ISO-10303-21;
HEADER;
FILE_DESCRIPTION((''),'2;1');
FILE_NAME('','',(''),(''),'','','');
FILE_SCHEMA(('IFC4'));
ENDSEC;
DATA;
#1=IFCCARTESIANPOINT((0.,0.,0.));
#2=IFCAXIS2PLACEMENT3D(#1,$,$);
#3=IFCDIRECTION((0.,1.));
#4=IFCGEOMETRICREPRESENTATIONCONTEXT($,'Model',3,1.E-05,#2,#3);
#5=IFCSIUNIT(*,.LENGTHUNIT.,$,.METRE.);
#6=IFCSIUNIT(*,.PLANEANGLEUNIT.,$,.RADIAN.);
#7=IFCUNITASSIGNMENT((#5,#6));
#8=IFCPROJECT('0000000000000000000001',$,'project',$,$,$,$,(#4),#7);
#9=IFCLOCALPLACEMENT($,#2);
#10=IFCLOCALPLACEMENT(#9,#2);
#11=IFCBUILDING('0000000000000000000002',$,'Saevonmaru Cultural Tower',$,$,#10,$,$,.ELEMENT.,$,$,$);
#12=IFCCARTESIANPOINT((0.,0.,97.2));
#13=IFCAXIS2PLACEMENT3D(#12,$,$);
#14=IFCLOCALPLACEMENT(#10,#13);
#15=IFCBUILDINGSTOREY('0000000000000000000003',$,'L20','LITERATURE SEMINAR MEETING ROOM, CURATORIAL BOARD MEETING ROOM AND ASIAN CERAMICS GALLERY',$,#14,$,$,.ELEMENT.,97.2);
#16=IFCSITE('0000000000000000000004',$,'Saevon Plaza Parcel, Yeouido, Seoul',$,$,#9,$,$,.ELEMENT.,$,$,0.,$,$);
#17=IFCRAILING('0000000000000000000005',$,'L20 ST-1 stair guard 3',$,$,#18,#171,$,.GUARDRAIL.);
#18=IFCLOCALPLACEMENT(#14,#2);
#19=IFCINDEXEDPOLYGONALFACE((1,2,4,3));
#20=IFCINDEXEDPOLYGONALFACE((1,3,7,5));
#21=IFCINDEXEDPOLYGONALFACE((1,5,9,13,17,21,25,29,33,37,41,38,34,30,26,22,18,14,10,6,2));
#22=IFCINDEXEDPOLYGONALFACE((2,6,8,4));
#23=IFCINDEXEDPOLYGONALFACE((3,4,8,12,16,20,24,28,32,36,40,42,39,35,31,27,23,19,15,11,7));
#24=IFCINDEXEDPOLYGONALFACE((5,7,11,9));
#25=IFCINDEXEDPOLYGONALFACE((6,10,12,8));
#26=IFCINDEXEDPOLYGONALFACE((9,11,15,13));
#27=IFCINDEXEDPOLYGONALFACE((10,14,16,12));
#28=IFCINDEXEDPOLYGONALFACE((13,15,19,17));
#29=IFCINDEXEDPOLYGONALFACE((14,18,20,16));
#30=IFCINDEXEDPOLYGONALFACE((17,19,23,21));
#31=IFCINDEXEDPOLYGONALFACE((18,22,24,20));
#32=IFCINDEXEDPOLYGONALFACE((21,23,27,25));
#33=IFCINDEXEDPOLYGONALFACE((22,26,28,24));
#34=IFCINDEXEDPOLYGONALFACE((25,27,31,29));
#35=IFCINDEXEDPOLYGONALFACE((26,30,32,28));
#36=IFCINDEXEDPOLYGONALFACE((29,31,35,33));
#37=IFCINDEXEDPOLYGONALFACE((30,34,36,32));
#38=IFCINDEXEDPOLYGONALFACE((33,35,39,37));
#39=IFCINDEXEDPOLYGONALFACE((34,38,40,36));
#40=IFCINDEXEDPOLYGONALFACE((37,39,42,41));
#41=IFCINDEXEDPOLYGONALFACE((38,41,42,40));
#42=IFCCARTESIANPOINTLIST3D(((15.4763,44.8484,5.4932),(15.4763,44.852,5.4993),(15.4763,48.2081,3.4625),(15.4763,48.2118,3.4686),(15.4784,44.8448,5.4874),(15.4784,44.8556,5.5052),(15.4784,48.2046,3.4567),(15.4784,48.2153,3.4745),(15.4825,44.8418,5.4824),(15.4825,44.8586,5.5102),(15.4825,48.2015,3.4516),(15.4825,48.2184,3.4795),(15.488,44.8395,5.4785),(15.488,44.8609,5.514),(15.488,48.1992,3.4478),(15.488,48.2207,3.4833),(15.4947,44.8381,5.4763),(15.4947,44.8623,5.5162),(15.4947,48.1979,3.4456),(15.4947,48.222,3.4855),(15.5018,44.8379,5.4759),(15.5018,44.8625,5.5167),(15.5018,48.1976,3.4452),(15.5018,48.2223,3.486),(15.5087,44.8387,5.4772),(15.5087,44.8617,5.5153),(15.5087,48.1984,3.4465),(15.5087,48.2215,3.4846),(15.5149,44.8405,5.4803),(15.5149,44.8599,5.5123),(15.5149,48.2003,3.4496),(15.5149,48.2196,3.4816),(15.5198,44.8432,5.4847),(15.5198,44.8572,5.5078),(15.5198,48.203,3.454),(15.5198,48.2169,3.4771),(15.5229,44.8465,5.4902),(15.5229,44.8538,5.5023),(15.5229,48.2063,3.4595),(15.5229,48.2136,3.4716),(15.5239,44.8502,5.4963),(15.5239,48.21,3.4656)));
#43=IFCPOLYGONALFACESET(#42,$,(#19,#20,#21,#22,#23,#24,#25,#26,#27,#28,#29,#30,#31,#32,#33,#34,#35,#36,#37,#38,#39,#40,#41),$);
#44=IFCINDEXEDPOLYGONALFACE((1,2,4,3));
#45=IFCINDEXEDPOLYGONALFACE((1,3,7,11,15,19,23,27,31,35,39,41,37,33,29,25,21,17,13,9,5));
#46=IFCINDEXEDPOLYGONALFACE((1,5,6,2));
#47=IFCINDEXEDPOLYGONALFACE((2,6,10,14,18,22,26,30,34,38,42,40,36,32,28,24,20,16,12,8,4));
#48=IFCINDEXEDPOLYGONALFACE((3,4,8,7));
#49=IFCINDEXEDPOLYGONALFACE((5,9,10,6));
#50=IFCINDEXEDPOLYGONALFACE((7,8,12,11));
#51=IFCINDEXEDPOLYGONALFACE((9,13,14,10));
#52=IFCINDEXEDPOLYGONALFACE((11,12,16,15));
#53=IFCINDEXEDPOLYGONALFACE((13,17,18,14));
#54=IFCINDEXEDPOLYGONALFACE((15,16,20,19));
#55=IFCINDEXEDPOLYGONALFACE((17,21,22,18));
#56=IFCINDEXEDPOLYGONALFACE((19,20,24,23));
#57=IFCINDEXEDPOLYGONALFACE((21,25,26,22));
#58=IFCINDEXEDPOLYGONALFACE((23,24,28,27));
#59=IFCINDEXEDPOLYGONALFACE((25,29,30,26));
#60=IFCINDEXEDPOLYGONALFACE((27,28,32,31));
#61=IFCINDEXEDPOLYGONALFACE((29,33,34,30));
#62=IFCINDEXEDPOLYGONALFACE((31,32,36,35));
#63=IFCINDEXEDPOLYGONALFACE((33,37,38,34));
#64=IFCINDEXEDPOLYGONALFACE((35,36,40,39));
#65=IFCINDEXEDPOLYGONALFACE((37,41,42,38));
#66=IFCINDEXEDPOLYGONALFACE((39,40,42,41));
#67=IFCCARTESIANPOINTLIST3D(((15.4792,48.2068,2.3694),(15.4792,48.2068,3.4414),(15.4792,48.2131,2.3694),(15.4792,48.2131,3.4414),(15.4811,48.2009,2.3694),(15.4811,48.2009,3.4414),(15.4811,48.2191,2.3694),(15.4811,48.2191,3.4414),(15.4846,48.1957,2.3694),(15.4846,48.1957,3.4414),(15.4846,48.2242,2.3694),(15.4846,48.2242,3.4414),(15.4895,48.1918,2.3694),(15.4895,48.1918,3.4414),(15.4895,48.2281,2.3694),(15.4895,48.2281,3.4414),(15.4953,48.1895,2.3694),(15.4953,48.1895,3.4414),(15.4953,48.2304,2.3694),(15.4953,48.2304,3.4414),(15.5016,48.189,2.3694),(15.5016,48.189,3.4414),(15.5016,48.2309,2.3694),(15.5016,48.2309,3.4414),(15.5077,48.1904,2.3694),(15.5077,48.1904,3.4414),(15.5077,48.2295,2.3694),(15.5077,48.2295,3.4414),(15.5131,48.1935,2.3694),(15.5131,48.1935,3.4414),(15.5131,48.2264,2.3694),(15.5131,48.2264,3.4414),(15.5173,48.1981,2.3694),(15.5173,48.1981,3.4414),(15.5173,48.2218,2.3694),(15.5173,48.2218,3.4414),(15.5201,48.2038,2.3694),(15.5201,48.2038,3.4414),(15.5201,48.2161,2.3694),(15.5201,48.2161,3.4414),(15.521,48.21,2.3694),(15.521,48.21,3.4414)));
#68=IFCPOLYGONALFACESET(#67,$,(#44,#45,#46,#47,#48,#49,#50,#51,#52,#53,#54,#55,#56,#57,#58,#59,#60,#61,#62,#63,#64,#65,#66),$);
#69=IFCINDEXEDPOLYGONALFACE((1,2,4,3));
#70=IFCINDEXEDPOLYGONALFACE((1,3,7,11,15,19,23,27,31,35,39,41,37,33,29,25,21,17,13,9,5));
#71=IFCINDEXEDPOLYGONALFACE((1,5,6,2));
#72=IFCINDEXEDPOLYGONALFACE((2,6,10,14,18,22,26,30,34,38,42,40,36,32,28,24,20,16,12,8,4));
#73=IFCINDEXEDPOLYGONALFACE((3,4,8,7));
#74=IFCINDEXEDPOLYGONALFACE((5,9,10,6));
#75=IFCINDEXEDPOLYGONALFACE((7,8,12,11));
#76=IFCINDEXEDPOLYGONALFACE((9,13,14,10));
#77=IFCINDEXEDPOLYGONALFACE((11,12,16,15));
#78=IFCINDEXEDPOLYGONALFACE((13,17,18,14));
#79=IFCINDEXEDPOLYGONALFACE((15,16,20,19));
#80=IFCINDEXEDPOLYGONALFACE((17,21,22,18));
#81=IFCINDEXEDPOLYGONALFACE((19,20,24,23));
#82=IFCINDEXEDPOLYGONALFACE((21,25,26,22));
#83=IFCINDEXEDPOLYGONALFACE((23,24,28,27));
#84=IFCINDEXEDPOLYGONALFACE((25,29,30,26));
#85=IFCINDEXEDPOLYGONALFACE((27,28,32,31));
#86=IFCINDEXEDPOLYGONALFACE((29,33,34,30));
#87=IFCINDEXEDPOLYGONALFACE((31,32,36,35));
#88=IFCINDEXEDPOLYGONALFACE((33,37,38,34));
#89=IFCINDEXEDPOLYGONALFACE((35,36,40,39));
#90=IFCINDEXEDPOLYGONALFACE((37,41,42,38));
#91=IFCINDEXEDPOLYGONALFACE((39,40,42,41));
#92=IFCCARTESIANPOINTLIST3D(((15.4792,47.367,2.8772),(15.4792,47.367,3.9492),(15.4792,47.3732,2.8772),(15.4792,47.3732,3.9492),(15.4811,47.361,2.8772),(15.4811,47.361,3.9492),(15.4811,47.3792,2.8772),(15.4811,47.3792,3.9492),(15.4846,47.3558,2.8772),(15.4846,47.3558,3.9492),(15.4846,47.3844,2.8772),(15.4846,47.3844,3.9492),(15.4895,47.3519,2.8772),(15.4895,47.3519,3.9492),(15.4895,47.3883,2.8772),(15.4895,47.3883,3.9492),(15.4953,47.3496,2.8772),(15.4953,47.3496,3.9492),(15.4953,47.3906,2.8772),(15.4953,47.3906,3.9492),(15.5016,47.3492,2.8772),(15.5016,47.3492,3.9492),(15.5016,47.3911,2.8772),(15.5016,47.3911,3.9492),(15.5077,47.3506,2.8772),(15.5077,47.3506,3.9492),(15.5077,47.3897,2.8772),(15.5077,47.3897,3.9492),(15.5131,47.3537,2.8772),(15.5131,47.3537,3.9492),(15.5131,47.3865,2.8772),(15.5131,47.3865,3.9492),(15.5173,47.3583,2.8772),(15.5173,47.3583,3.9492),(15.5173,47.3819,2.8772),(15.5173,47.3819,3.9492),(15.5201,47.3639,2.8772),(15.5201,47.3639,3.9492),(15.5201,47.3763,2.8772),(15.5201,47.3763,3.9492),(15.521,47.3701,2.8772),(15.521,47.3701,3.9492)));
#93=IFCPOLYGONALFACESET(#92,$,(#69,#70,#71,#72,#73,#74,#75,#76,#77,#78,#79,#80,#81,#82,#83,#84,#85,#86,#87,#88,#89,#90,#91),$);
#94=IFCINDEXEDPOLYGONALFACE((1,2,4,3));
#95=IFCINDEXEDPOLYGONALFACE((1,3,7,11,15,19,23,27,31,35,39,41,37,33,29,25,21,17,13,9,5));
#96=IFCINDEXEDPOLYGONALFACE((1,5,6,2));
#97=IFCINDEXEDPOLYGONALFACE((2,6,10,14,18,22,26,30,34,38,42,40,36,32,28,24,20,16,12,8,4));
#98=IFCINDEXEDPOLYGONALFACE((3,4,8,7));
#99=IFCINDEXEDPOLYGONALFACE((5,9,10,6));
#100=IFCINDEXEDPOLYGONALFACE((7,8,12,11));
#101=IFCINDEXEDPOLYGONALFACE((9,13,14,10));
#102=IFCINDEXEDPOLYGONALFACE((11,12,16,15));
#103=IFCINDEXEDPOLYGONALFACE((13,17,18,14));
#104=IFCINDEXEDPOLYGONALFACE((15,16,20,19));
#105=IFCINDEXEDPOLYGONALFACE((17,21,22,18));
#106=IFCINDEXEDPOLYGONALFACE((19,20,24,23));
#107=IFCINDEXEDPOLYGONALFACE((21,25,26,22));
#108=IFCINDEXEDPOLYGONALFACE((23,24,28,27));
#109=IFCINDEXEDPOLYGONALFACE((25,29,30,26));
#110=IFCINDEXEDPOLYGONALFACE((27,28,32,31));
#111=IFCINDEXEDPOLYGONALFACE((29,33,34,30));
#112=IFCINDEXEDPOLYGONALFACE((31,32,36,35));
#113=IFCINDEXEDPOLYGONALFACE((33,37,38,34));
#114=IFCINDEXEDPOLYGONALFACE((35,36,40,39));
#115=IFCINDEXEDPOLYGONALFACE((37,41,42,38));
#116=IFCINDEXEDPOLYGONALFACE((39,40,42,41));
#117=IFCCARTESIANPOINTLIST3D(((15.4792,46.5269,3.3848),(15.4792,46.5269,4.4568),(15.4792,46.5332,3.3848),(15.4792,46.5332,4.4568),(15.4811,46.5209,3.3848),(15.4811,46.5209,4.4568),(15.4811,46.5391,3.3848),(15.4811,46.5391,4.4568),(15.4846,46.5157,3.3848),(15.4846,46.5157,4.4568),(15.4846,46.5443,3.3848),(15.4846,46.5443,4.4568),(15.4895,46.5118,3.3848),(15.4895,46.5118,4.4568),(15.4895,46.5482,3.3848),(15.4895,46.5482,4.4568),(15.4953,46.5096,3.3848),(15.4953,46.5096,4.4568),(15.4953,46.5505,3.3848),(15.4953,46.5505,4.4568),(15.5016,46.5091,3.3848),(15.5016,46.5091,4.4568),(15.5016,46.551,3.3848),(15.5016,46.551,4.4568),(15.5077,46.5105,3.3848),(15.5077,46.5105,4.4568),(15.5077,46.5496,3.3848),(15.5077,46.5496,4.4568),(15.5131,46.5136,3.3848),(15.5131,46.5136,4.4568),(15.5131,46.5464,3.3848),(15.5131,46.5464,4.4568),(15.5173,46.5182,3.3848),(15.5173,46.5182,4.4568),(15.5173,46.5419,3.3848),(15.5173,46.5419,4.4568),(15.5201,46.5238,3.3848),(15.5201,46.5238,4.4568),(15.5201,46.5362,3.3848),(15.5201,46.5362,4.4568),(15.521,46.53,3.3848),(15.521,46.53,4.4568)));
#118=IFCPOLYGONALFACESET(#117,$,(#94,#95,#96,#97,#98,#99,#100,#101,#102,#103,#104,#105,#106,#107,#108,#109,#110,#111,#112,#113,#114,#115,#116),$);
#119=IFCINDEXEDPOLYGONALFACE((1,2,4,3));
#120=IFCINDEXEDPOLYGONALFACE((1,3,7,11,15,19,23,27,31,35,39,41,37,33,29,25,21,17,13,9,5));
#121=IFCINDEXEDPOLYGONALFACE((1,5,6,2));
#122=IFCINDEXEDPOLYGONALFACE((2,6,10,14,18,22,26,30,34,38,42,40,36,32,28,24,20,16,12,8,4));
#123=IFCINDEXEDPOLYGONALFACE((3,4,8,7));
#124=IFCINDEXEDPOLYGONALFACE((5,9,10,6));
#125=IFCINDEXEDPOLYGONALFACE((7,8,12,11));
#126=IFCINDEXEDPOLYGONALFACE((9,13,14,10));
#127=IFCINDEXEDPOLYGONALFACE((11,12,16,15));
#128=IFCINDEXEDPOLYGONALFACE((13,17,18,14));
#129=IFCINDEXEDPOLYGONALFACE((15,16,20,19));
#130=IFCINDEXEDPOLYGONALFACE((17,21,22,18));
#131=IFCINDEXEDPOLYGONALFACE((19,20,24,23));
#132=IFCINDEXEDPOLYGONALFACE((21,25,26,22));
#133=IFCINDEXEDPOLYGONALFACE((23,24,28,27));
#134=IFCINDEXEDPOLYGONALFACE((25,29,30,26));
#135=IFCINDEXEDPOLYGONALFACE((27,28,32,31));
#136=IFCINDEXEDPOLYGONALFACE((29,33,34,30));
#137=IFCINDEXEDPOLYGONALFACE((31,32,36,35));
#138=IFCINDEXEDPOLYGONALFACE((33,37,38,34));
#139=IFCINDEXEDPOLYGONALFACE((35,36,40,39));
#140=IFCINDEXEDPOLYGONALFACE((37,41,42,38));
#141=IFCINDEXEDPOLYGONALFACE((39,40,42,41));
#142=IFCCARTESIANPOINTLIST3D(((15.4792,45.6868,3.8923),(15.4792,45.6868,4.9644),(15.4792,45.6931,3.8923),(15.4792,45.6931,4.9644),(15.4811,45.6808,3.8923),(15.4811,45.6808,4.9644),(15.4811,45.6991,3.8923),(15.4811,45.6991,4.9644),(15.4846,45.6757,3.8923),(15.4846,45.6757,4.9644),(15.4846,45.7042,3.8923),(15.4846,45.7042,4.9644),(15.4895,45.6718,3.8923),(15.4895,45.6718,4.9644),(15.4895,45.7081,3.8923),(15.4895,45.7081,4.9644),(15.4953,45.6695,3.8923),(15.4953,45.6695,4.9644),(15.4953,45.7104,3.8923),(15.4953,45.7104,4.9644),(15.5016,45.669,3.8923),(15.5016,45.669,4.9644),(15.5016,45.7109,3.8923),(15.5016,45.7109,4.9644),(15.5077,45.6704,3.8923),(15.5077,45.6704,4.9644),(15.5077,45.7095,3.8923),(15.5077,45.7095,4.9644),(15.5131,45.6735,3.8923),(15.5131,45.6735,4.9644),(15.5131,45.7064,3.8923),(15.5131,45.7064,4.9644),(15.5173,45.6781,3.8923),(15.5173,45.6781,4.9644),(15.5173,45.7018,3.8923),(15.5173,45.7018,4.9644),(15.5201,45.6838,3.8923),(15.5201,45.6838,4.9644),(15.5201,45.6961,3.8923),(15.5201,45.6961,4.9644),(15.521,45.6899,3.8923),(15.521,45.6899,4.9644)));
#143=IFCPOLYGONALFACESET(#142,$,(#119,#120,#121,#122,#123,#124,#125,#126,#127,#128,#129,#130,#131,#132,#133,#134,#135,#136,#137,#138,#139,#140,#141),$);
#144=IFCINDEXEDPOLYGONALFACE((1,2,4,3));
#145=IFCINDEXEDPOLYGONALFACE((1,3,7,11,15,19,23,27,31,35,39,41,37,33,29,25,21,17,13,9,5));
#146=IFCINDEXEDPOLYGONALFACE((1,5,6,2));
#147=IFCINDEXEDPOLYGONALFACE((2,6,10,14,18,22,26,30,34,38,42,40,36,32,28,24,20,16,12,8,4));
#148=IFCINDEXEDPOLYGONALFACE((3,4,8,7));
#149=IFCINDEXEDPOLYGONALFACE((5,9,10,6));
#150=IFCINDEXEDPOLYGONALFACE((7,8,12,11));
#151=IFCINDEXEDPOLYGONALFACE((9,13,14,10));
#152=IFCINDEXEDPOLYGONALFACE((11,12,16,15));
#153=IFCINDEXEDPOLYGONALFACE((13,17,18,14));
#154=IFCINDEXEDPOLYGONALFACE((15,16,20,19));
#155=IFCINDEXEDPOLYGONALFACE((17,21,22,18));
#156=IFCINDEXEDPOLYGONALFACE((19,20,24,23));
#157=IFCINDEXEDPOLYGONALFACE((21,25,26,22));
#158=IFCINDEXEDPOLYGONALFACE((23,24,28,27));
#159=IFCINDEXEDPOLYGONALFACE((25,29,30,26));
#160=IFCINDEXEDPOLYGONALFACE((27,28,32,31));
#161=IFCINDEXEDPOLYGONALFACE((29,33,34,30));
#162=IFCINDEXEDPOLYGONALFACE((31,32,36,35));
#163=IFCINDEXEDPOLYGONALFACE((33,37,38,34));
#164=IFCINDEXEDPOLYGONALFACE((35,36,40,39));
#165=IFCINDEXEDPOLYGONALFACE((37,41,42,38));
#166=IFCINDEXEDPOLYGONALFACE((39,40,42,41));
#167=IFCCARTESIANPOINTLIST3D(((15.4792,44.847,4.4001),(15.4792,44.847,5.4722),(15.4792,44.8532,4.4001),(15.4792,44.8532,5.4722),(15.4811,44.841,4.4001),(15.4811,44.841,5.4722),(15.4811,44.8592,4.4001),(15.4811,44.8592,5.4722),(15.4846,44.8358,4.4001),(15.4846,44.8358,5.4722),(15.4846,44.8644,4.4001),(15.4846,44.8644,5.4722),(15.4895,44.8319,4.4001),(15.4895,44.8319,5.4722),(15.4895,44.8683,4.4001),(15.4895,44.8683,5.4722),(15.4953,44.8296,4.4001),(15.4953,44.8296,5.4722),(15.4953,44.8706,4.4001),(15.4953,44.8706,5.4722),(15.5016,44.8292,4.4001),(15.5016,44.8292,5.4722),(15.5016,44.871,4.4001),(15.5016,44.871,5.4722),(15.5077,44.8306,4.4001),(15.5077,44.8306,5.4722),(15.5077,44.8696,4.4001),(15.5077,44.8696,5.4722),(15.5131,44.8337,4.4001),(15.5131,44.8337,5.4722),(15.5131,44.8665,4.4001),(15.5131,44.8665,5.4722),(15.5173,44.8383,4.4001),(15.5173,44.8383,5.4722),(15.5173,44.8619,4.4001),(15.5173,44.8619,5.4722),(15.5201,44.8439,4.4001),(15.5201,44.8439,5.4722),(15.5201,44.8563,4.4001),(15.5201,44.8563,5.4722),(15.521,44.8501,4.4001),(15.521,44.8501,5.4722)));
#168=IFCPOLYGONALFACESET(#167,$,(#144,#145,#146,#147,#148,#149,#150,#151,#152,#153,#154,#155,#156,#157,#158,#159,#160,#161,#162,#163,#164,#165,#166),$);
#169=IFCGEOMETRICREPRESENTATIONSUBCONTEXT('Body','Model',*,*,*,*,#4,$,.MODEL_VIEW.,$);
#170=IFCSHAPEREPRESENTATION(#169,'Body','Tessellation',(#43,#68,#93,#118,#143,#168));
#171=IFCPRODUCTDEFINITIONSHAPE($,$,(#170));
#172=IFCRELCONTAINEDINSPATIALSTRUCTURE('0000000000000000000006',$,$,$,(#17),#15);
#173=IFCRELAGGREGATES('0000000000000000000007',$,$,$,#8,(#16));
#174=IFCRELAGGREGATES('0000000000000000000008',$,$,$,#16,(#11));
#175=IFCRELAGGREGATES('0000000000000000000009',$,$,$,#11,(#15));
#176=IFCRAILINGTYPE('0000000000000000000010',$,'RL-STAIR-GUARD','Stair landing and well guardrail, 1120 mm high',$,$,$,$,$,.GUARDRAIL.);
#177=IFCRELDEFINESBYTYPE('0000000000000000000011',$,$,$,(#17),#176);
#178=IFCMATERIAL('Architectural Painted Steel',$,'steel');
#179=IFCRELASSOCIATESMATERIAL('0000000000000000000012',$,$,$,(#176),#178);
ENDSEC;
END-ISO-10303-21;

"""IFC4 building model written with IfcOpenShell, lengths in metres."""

from ifc_helpers import new_model, si_unit, direction, frame, origin, origin_2d, place, context, subcontext, project, spatial, circle, extrude, material, type_object, element, save


model = new_model("IFC4")

# Units and contexts
model_context = context("Model", 3, precision=1e-05, world=origin(), true_north=direction((0.0, 1.0)))
body_context = subcontext(model_context, "Body", "Model", "MODEL_VIEW")
ifc_project = project(units=[si_unit("LENGTHUNIT", "METRE"), si_unit("PLANEANGLEUNIT", "RADIAN")], contexts=[model_context])

# Site, building, storey
site_placement = place(None, origin())
site = spatial("IfcSite", under=ifc_project, at=site_placement, Name="Saevon Plaza Parcel, Yeouido, Seoul", CompositionType="ELEMENT", RefElevation=0.0)
building_placement = place(site_placement, origin())
building = spatial("IfcBuilding", under=site, at=building_placement, Name="Saevonmaru Cultural Tower", CompositionType="ELEMENT")
storey_placement = place(building_placement, frame((0.0, 0.0, 97.2)))
storey = spatial("IfcBuildingStorey", under=building, at=storey_placement, Name="L20", Description="LITERATURE SEMINAR MEETING ROOM, CURATORIAL BOARD MEETING ROOM AND ASIAN CERAMICS GALLERY", CompositionType="ELEMENT", Elevation=97.2)

# Railing
ifc_material_1 = material(Name="Architectural Painted Steel", Category="steel")
railing_type_1 = type_object("IfcRailingType", Name="RL-STAIR-GUARD", Description="Stair landing and well guardrail, 1120 mm high", PredefinedType="GUARDRAIL", material=ifc_material_1)
railing_1_placement = place(storey_placement, frame((15.5, 48.21, 2.3694)))
element("IfcRailing", 1, at=railing_1_placement, inside=storey, type_object=railing_type_1, Name="L20 ST-1 stair guard 3", PredefinedType="GUARDRAIL", context=body_context, shape_type="SweptSolid", body=[
    extrude(circle(Radius=0.0239, at=origin_2d()), frame((0.0, 0.0, 1.0962), z_axis=(0.0, -0.85582, 0.517273), x_axis=(1.0, 0.0, 0.0)), (0.0, 0.0, 1.0), 3.9258),
    extrude(circle(Radius=0.021, at=origin_2d()), origin(), (0.0, 0.0, 1.0), 1.072),
    extrude(circle(Radius=0.021, at=origin_2d()), frame((0.0, -0.8398, 0.5078)), (0.0, 0.0, 1.0), 1.072),
    extrude(circle(Radius=0.021, at=origin_2d()), frame((0.0, -1.6799, 1.0154)), (0.0, 0.0, 1.0), 1.072),
    extrude(circle(Radius=0.021, at=origin_2d()), frame((0.0, -2.52, 1.5229)), (0.0, 0.0, 1.0), 1.072),
    extrude(circle(Radius=0.021, at=origin_2d()), frame((0.0, -3.3599, 2.0308)), (0.0, 0.0, 1.0), 1.072),
])

save(model, "model.ifc")
